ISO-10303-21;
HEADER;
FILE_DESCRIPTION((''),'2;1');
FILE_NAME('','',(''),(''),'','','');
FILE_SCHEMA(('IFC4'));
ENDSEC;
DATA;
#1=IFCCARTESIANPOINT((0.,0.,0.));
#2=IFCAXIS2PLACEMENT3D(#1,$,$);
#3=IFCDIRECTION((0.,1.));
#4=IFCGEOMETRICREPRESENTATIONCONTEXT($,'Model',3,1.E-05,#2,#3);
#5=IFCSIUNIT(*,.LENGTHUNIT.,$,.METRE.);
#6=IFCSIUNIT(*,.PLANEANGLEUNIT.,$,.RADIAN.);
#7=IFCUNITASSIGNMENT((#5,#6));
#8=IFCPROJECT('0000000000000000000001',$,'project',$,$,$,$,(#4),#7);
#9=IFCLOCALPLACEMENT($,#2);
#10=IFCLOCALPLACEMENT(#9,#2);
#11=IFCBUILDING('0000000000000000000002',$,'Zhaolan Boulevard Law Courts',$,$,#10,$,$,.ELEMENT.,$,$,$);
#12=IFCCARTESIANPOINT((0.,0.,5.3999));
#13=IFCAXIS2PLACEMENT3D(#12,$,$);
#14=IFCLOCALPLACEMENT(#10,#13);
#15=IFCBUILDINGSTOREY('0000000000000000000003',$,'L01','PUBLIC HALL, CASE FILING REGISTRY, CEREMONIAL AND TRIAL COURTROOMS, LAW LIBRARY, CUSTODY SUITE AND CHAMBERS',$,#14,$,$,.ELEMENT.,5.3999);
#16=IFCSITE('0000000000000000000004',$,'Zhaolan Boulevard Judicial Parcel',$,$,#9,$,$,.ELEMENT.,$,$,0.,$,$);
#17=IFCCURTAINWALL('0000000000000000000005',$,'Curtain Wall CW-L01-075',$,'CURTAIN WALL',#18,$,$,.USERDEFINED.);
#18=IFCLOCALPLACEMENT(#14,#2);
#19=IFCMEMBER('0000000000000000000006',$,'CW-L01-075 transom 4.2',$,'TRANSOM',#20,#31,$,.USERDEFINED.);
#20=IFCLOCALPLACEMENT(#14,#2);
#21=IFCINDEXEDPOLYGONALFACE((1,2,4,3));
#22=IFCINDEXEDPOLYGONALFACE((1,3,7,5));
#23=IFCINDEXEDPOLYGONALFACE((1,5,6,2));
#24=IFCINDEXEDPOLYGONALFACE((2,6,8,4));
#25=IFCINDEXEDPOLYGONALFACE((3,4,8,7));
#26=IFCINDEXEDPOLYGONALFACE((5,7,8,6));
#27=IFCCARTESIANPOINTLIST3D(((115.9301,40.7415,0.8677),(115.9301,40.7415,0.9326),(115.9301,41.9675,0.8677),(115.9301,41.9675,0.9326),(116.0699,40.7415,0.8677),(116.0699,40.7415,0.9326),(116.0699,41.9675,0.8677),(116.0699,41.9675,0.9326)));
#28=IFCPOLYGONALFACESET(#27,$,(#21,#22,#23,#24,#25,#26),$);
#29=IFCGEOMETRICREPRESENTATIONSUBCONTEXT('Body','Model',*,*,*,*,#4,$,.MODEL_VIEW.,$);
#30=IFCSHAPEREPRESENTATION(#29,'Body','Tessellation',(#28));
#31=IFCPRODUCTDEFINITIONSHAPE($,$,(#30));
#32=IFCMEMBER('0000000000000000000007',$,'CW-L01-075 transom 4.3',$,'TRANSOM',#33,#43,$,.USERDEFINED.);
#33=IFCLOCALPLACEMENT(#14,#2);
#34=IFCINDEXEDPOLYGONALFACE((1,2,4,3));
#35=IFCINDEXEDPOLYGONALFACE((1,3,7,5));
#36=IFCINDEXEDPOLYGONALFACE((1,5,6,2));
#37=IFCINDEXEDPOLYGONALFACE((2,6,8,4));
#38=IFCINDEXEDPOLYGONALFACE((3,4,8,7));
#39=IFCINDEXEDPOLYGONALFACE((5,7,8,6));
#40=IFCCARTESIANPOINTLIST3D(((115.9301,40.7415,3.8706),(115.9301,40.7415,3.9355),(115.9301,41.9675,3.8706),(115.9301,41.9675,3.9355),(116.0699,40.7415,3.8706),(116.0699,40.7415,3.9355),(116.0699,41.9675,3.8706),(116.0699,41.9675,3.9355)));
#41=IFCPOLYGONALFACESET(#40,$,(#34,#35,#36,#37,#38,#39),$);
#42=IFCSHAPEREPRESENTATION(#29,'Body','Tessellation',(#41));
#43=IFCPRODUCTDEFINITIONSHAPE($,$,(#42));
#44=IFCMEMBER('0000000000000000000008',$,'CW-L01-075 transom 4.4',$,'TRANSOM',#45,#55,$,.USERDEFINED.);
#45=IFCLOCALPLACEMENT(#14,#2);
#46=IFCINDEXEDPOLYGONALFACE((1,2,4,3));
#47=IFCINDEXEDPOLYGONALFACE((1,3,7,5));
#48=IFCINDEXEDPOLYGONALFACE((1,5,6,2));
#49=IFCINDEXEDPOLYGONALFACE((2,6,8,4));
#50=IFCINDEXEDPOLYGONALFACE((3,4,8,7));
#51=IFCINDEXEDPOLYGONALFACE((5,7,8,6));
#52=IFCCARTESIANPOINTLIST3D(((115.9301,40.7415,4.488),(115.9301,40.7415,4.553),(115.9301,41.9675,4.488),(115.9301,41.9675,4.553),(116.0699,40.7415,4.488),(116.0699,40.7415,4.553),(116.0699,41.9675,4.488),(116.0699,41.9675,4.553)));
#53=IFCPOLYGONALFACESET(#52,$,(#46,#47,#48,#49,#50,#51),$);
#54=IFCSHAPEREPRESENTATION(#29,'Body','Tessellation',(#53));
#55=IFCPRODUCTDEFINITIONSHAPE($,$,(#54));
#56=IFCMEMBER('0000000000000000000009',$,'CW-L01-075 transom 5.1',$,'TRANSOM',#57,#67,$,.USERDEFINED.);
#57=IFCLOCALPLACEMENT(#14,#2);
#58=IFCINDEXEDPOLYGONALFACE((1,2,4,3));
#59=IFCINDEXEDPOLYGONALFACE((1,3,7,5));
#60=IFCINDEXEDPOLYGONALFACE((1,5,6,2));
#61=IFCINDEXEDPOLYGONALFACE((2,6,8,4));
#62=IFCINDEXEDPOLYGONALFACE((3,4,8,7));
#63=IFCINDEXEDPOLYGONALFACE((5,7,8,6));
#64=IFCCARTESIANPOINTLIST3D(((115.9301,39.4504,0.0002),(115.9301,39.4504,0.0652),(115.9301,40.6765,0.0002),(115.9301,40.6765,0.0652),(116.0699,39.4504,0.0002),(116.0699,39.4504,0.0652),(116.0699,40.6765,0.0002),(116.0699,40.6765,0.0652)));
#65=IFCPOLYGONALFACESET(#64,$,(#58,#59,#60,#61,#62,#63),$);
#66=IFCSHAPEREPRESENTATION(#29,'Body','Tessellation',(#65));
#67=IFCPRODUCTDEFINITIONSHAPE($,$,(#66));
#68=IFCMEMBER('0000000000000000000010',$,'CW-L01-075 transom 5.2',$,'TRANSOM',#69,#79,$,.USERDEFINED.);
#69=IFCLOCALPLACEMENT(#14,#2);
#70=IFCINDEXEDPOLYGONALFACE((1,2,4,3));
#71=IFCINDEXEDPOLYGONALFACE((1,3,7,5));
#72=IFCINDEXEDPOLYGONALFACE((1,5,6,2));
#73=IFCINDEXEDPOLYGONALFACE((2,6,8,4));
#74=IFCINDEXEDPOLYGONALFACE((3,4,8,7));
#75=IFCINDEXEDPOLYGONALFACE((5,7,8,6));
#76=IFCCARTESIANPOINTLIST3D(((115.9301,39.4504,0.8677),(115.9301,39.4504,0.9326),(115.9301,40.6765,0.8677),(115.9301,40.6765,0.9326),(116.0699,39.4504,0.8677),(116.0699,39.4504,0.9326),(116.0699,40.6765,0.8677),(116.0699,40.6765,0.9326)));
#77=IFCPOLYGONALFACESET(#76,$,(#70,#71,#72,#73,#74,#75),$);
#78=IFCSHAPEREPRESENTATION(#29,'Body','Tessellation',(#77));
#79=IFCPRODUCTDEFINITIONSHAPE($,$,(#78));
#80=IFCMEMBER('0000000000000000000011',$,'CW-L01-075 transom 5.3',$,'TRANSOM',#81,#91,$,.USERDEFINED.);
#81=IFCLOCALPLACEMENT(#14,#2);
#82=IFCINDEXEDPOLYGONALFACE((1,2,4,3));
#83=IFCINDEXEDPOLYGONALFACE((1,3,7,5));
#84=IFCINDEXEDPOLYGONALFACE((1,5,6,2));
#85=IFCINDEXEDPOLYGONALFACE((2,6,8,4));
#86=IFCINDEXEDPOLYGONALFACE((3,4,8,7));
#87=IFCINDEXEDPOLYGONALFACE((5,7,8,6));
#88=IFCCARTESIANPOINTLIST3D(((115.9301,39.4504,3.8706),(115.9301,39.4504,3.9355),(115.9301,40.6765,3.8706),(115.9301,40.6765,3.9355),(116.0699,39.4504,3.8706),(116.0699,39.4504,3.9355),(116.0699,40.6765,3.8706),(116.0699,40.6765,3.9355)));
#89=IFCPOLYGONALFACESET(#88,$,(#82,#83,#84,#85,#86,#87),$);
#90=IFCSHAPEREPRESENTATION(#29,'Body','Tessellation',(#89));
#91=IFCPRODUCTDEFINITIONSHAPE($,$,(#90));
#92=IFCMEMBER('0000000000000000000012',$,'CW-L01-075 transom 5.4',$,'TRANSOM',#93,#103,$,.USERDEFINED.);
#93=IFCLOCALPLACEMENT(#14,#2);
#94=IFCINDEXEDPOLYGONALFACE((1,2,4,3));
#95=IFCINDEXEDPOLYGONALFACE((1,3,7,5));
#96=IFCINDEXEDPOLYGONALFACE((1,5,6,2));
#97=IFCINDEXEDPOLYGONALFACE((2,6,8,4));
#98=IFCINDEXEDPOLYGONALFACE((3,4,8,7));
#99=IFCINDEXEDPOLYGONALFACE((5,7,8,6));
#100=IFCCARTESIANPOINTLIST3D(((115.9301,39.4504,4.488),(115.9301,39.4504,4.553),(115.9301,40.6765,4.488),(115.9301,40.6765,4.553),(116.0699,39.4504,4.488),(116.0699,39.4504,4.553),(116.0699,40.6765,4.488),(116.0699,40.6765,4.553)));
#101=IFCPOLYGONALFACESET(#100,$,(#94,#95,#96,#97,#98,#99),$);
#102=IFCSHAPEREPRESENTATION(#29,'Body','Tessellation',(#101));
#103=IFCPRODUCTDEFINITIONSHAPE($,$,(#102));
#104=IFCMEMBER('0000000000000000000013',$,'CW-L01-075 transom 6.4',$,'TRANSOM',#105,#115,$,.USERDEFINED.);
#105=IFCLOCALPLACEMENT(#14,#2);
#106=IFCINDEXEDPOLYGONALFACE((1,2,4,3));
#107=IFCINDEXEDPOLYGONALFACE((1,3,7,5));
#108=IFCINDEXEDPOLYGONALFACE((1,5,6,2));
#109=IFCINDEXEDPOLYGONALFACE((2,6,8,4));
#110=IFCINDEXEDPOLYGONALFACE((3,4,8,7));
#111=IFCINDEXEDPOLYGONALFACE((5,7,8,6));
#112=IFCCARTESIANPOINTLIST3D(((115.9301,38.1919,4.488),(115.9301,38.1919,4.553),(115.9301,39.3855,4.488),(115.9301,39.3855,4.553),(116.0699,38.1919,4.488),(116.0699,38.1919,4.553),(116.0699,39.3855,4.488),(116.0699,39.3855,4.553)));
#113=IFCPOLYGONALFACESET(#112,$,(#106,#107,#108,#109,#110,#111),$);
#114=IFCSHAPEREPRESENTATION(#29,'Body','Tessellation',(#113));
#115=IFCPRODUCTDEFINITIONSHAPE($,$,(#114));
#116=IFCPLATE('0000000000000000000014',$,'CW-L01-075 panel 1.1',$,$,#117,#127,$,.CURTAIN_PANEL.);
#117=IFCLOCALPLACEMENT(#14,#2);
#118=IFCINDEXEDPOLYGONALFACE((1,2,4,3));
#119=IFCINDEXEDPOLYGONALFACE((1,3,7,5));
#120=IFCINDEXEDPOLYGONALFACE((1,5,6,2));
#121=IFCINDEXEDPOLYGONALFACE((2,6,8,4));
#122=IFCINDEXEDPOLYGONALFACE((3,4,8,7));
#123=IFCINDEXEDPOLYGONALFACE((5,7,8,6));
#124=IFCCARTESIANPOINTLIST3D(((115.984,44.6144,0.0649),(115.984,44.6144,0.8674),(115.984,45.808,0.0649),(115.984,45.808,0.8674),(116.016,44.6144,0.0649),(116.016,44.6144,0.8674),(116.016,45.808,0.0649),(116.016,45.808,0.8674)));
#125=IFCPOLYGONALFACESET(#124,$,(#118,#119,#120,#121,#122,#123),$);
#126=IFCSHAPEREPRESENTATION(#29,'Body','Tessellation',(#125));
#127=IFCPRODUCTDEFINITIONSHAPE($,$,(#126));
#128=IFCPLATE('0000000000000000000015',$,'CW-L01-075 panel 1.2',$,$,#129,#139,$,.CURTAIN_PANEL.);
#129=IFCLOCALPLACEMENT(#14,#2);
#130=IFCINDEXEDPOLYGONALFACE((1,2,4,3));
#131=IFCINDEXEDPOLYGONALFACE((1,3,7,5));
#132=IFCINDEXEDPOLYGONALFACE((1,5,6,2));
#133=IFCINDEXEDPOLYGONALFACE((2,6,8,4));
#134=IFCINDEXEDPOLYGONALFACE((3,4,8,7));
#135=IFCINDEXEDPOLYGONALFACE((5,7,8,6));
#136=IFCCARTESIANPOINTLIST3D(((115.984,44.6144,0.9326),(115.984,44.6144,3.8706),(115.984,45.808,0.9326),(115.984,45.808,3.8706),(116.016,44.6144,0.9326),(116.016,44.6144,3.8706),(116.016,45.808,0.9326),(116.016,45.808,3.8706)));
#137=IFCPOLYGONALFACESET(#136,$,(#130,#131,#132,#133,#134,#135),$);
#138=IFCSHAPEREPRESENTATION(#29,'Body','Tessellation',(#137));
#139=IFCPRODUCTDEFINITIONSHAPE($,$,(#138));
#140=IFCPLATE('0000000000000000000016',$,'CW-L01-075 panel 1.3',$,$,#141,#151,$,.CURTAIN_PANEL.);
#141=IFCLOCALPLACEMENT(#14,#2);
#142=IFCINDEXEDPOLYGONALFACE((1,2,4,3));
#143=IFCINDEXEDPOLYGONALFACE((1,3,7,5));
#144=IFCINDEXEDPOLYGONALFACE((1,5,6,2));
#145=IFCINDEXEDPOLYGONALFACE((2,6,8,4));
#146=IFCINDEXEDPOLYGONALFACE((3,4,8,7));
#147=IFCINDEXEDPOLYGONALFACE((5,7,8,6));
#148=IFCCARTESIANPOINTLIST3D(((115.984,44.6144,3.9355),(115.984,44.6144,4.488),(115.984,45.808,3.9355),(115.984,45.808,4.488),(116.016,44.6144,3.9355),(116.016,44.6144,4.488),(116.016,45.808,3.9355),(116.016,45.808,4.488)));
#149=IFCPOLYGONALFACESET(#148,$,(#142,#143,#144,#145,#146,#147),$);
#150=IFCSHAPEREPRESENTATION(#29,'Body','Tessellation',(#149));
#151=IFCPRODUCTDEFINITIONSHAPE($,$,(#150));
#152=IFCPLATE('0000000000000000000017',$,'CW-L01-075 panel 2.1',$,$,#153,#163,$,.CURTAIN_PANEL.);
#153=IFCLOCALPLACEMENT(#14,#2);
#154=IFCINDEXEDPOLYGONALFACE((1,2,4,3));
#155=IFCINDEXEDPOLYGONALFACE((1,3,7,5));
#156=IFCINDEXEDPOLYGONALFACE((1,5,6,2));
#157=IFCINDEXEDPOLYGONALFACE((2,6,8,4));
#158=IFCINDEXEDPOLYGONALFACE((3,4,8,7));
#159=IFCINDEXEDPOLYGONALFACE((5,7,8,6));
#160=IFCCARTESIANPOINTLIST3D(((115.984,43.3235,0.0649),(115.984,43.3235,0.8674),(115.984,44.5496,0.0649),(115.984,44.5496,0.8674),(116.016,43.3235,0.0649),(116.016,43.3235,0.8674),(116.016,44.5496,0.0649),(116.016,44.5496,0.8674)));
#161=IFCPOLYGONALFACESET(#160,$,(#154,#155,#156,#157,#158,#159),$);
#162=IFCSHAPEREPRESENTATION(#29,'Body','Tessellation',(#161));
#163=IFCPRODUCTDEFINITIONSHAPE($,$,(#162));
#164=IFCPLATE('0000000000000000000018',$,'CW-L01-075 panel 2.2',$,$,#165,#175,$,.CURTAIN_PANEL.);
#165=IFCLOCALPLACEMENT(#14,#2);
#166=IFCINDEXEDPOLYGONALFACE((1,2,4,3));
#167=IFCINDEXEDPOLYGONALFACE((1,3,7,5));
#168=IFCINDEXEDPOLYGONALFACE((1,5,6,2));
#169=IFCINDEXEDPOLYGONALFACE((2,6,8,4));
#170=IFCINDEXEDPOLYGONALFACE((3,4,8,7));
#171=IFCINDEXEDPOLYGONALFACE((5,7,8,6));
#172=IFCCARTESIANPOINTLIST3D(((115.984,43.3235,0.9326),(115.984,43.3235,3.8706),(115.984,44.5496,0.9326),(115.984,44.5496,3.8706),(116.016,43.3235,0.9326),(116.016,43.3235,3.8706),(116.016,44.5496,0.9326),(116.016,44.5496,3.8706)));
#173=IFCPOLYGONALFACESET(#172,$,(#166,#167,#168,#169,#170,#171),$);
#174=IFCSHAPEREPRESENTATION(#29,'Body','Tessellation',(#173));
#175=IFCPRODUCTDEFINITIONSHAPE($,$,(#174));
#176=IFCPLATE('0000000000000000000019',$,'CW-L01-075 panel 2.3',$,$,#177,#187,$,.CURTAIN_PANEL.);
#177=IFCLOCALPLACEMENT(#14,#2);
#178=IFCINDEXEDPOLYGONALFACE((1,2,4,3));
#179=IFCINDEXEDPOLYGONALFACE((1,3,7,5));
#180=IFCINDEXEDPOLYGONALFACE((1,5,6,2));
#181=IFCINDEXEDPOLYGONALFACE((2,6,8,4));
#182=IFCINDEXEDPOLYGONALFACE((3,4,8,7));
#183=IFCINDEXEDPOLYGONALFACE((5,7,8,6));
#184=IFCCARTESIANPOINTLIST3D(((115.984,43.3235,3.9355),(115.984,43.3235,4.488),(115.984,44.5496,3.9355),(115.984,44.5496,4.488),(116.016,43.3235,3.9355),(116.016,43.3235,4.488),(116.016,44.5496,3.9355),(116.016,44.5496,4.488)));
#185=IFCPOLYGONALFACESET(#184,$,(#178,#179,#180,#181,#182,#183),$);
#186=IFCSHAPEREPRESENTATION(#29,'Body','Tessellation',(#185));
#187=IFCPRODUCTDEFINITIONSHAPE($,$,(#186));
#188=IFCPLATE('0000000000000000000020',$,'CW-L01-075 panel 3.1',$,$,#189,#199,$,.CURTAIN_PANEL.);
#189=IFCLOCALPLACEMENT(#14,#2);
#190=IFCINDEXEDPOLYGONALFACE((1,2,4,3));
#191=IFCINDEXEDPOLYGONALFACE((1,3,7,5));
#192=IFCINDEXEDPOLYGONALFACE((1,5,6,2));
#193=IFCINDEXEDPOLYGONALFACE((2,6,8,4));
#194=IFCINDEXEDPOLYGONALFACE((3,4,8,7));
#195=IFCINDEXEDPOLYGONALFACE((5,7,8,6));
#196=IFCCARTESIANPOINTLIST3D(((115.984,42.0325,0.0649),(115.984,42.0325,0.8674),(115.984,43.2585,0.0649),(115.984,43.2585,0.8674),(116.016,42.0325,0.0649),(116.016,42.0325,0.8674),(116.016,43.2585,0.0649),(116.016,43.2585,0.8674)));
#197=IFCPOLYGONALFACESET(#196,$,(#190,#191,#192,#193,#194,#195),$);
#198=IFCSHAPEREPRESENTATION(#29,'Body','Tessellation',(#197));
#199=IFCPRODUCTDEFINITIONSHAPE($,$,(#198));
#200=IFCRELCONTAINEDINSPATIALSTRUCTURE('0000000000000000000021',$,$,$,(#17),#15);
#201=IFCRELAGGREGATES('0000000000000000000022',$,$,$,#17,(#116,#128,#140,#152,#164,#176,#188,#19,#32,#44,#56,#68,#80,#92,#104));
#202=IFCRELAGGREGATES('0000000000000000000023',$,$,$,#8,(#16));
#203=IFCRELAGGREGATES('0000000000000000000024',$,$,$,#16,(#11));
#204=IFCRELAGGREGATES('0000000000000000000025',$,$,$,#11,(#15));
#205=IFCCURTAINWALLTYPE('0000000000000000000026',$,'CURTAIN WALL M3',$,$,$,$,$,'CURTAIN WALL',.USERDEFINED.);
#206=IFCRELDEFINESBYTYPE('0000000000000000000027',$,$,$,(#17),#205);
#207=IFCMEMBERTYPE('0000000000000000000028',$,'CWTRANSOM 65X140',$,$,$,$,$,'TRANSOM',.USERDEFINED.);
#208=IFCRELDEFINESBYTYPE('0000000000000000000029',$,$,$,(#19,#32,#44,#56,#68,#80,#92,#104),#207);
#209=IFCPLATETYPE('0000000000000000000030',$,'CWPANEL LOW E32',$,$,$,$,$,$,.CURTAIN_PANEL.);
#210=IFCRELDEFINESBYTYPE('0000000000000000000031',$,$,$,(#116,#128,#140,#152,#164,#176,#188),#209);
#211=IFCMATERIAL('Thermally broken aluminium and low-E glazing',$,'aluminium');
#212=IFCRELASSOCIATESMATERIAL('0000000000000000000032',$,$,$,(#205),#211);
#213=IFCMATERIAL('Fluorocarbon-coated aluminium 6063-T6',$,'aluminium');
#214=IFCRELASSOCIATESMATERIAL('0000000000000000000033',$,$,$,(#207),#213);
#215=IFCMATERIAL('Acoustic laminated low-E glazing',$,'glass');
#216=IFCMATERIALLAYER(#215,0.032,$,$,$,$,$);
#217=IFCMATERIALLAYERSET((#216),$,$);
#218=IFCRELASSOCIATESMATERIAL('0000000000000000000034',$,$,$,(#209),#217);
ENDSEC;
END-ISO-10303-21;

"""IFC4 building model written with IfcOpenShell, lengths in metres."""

from ifc_helpers import new_model, si_unit, direction, frame, origin, origin_2d, place, context, subcontext, project, spatial, rectangle, extrude, material, layer, layer_set, material_profile, profile_set, type_object, element, aggregate, save


model = new_model("IFC4")

# Units and contexts
model_context = context("Model", 3, precision=1e-05, world=origin(), true_north=direction((0.0, 1.0)))
body_context = subcontext(model_context, "Body", "Model", "MODEL_VIEW")
ifc_project = project(units=[si_unit("LENGTHUNIT", "METRE"), si_unit("PLANEANGLEUNIT", "RADIAN")], contexts=[model_context])

# Site, building, storey
site_placement = place(None, origin())
site = spatial("IfcSite", under=ifc_project, at=site_placement, Name="Zhaolan Boulevard Judicial Parcel", CompositionType="ELEMENT", RefElevation=0.0)
building_placement = place(site_placement, origin())
building = spatial("IfcBuilding", under=site, at=building_placement, Name="Zhaolan Boulevard Law Courts", CompositionType="ELEMENT")
storey_placement = place(building_placement, frame((0.0, 0.0, 5.3999)))
storey = spatial("IfcBuildingStorey", under=building, at=storey_placement, Name="L01", Description="PUBLIC HALL, CASE FILING REGISTRY, CEREMONIAL AND TRIAL COURTROOMS, LAW LIBRARY, CUSTODY SUITE AND CHAMBERS", CompositionType="ELEMENT", Elevation=5.3999)

# Curtain wall, members, plates
ifc_material_1 = material(Name="Thermally broken aluminium and low-E glazing", Category="aluminium")
curtain_wall_type = type_object("IfcCurtainWallType", Name="CURTAIN WALL M3", ElementType="CURTAIN WALL", PredefinedType="USERDEFINED", material=ifc_material_1)
curtain_wall_placement = place(storey_placement, origin())
curtain_wall = element("IfcCurtainWall", 1, at=curtain_wall_placement, inside=storey, type_object=curtain_wall_type, Name="Curtain Wall CW-L01-075", ObjectType="CURTAIN WALL", PredefinedType="USERDEFINED")
ifc_material_2 = material(Name="Fluorocarbon-coated aluminium 6063-T6", Category="aluminium")
ifc_material_profile_1 = material_profile(ifc_material_2, rectangle(XDim=0.1399, YDim=0.0649, at=origin_2d()), Name="AL65x140")
ifc_profile_set_1 = profile_set([ifc_material_profile_1], Name="Fluorocarbon-coated aluminium 6063-T6")
member_type_1 = type_object("IfcMemberType", Name="CWTRANSOM 65X140", ElementType="TRANSOM", PredefinedType="USERDEFINED", material=ifc_profile_set_1)
member_1_placement = place(storey_placement, frame((116.0, 41.9675, 0.9001), z_axis=(0.0, -1.0, 0.0), x_axis=(1.0, 0.0, 0.0)))
member_1 = element("IfcMember", 2, at=member_1_placement, type_object=member_type_1, Name="CW-L01-075 transom 4.2", ObjectType="TRANSOM", PredefinedType="USERDEFINED", context=body_context, shape_type="SweptSolid", body=[
    extrude(rectangle(XDim=0.1399, YDim=0.0649, at=origin_2d()), origin(), (0.0, 0.0, 1.0), 1.2261),
])
member_2_placement = place(storey_placement, frame((116.0, 41.9675, 3.9031), z_axis=(0.0, -1.0, 0.0), x_axis=(1.0, 0.0, 0.0)))
member_2 = element("IfcMember", 3, at=member_2_placement, type_object=member_type_1, Name="CW-L01-075 transom 4.3", ObjectType="TRANSOM", PredefinedType="USERDEFINED", context=body_context, shape_type="SweptSolid", body=[
    extrude(rectangle(XDim=0.1399, YDim=0.0649, at=origin_2d()), origin(), (0.0, 0.0, 1.0), 1.2261),
])
member_3_placement = place(storey_placement, frame((116.0, 41.9675, 4.5205), z_axis=(0.0, -1.0, 0.0), x_axis=(1.0, 0.0, 0.0)))
member_3 = element("IfcMember", 4, at=member_3_placement, type_object=member_type_1, Name="CW-L01-075 transom 4.4", ObjectType="TRANSOM", PredefinedType="USERDEFINED", context=body_context, shape_type="SweptSolid", body=[
    extrude(rectangle(XDim=0.1399, YDim=0.0649, at=origin_2d()), origin(), (0.0, 0.0, 1.0), 1.2261),
])
member_4_placement = place(storey_placement, frame((116.0, 40.6765, 0.0327), z_axis=(0.0, -1.0, 0.0), x_axis=(1.0, 0.0, 0.0)))
member_4 = element("IfcMember", 5, at=member_4_placement, type_object=member_type_1, Name="CW-L01-075 transom 5.1", ObjectType="TRANSOM", PredefinedType="USERDEFINED", context=body_context, shape_type="SweptSolid", body=[
    extrude(rectangle(XDim=0.1399, YDim=0.0649, at=origin_2d()), origin(), (0.0, 0.0, 1.0), 1.2261),
])
member_5_placement = place(storey_placement, frame((116.0, 40.6765, 0.9001), z_axis=(0.0, -1.0, 0.0), x_axis=(1.0, 0.0, 0.0)))
member_5 = element("IfcMember", 6, at=member_5_placement, type_object=member_type_1, Name="CW-L01-075 transom 5.2", ObjectType="TRANSOM", PredefinedType="USERDEFINED", context=body_context, shape_type="SweptSolid", body=[
    extrude(rectangle(XDim=0.1399, YDim=0.0649, at=origin_2d()), origin(), (0.0, 0.0, 1.0), 1.2261),
])
member_6_placement = place(storey_placement, frame((116.0, 40.6765, 3.9031), z_axis=(0.0, -1.0, 0.0), x_axis=(1.0, 0.0, 0.0)))
member_6 = element("IfcMember", 7, at=member_6_placement, type_object=member_type_1, Name="CW-L01-075 transom 5.3", ObjectType="TRANSOM", PredefinedType="USERDEFINED", context=body_context, shape_type="SweptSolid", body=[
    extrude(rectangle(XDim=0.1399, YDim=0.0649, at=origin_2d()), origin(), (0.0, 0.0, 1.0), 1.2261),
])
member_7_placement = place(storey_placement, frame((116.0, 40.6765, 4.5205), z_axis=(0.0, -1.0, 0.0), x_axis=(1.0, 0.0, 0.0)))
member_7 = element("IfcMember", 8, at=member_7_placement, type_object=member_type_1, Name="CW-L01-075 transom 5.4", ObjectType="TRANSOM", PredefinedType="USERDEFINED", context=body_context, shape_type="SweptSolid", body=[
    extrude(rectangle(XDim=0.1399, YDim=0.0649, at=origin_2d()), origin(), (0.0, 0.0, 1.0), 1.2261),
])
member_8_placement = place(storey_placement, frame((116.0, 39.3855, 4.5205), z_axis=(0.0, -1.0, 0.0), x_axis=(1.0, 0.0, 0.0)))
member_8 = element("IfcMember", 9, at=member_8_placement, type_object=member_type_1, Name="CW-L01-075 transom 6.4", ObjectType="TRANSOM", PredefinedType="USERDEFINED", context=body_context, shape_type="SweptSolid", body=[
    extrude(rectangle(XDim=0.1399, YDim=0.0649, at=origin_2d()), origin(), (0.0, 0.0, 1.0), 1.1936),
])
ifc_material_3 = material(Name="Acoustic laminated low-E glazing", Category="glass")
ifc_layer = layer(ifc_material_3, 0.032)
ifc_layer_set = layer_set([ifc_layer])
plate_type = type_object("IfcPlateType", Name="CWPANEL LOW E32", PredefinedType="CURTAIN_PANEL", material=ifc_layer_set)
plate_1_placement = place(storey_placement, frame((116.0, 45.2112, 0.0649), z_axis=(0.0, 0.0, 1.0), x_axis=(0.0, -1.0, 0.0)))
plate_1 = element("IfcPlate", 10, at=plate_1_placement, type_object=plate_type, Name="CW-L01-075 panel 1.1", PredefinedType="CURTAIN_PANEL", context=body_context, shape_type="SweptSolid", body=[
    extrude(rectangle(XDim=1.1936, YDim=0.032, at=origin_2d()), origin(), (0.0, 0.0, 1.0), 0.8025),
])
plate_2_placement = place(storey_placement, frame((116.0, 45.2112, 0.9326), z_axis=(0.0, 0.0, 1.0), x_axis=(0.0, -1.0, 0.0)))
plate_2 = element("IfcPlate", 11, at=plate_2_placement, type_object=plate_type, Name="CW-L01-075 panel 1.2", PredefinedType="CURTAIN_PANEL", context=body_context, shape_type="SweptSolid", body=[
    extrude(rectangle(XDim=1.1936, YDim=0.032, at=origin_2d()), origin(), (0.0, 0.0, 1.0), 2.938),
])
plate_3_placement = place(storey_placement, frame((116.0, 45.2112, 3.9355), z_axis=(0.0, 0.0, 1.0), x_axis=(0.0, -1.0, 0.0)))
plate_3 = element("IfcPlate", 12, at=plate_3_placement, type_object=plate_type, Name="CW-L01-075 panel 1.3", PredefinedType="CURTAIN_PANEL", context=body_context, shape_type="SweptSolid", body=[
    extrude(rectangle(XDim=1.1936, YDim=0.032, at=origin_2d()), origin(), (0.0, 0.0, 1.0), 0.5525),
])
plate_4_placement = place(storey_placement, frame((116.0, 43.9365, 0.0649), z_axis=(0.0, 0.0, 1.0), x_axis=(0.0, -1.0, 0.0)))
plate_4 = element("IfcPlate", 13, at=plate_4_placement, type_object=plate_type, Name="CW-L01-075 panel 2.1", PredefinedType="CURTAIN_PANEL", context=body_context, shape_type="SweptSolid", body=[
    extrude(rectangle(XDim=1.2261, YDim=0.032, at=origin_2d()), origin(), (0.0, 0.0, 1.0), 0.8025),
])
plate_5_placement = place(storey_placement, frame((116.0, 43.9365, 0.9326), z_axis=(0.0, 0.0, 1.0), x_axis=(0.0, -1.0, 0.0)))
plate_5 = element("IfcPlate", 14, at=plate_5_placement, type_object=plate_type, Name="CW-L01-075 panel 2.2", PredefinedType="CURTAIN_PANEL", context=body_context, shape_type="SweptSolid", body=[
    extrude(rectangle(XDim=1.2261, YDim=0.032, at=origin_2d()), origin(), (0.0, 0.0, 1.0), 2.938),
])
plate_6_placement = place(storey_placement, frame((116.0, 43.9365, 3.9355), z_axis=(0.0, 0.0, 1.0), x_axis=(0.0, -1.0, 0.0)))
plate_6 = element("IfcPlate", 15, at=plate_6_placement, type_object=plate_type, Name="CW-L01-075 panel 2.3", PredefinedType="CURTAIN_PANEL", context=body_context, shape_type="SweptSolid", body=[
    extrude(rectangle(XDim=1.2261, YDim=0.032, at=origin_2d()), origin(), (0.0, 0.0, 1.0), 0.5525),
])
plate_7_placement = place(storey_placement, frame((116.0, 42.6455, 0.0649), z_axis=(0.0, 0.0, 1.0), x_axis=(0.0, -1.0, 0.0)))
plate_7 = element("IfcPlate", 16, at=plate_7_placement, type_object=plate_type, Name="CW-L01-075 panel 3.1", PredefinedType="CURTAIN_PANEL", context=body_context, shape_type="SweptSolid", body=[
    extrude(rectangle(XDim=1.2261, YDim=0.032, at=origin_2d()), origin(), (0.0, 0.0, 1.0), 0.8025),
])
aggregate(curtain_wall, [plate_1, plate_2, plate_3, plate_4, plate_5, plate_6, plate_7, member_1, member_2, member_3, member_4, member_5, member_6, member_7, member_8])

save(model, "model.ifc")
